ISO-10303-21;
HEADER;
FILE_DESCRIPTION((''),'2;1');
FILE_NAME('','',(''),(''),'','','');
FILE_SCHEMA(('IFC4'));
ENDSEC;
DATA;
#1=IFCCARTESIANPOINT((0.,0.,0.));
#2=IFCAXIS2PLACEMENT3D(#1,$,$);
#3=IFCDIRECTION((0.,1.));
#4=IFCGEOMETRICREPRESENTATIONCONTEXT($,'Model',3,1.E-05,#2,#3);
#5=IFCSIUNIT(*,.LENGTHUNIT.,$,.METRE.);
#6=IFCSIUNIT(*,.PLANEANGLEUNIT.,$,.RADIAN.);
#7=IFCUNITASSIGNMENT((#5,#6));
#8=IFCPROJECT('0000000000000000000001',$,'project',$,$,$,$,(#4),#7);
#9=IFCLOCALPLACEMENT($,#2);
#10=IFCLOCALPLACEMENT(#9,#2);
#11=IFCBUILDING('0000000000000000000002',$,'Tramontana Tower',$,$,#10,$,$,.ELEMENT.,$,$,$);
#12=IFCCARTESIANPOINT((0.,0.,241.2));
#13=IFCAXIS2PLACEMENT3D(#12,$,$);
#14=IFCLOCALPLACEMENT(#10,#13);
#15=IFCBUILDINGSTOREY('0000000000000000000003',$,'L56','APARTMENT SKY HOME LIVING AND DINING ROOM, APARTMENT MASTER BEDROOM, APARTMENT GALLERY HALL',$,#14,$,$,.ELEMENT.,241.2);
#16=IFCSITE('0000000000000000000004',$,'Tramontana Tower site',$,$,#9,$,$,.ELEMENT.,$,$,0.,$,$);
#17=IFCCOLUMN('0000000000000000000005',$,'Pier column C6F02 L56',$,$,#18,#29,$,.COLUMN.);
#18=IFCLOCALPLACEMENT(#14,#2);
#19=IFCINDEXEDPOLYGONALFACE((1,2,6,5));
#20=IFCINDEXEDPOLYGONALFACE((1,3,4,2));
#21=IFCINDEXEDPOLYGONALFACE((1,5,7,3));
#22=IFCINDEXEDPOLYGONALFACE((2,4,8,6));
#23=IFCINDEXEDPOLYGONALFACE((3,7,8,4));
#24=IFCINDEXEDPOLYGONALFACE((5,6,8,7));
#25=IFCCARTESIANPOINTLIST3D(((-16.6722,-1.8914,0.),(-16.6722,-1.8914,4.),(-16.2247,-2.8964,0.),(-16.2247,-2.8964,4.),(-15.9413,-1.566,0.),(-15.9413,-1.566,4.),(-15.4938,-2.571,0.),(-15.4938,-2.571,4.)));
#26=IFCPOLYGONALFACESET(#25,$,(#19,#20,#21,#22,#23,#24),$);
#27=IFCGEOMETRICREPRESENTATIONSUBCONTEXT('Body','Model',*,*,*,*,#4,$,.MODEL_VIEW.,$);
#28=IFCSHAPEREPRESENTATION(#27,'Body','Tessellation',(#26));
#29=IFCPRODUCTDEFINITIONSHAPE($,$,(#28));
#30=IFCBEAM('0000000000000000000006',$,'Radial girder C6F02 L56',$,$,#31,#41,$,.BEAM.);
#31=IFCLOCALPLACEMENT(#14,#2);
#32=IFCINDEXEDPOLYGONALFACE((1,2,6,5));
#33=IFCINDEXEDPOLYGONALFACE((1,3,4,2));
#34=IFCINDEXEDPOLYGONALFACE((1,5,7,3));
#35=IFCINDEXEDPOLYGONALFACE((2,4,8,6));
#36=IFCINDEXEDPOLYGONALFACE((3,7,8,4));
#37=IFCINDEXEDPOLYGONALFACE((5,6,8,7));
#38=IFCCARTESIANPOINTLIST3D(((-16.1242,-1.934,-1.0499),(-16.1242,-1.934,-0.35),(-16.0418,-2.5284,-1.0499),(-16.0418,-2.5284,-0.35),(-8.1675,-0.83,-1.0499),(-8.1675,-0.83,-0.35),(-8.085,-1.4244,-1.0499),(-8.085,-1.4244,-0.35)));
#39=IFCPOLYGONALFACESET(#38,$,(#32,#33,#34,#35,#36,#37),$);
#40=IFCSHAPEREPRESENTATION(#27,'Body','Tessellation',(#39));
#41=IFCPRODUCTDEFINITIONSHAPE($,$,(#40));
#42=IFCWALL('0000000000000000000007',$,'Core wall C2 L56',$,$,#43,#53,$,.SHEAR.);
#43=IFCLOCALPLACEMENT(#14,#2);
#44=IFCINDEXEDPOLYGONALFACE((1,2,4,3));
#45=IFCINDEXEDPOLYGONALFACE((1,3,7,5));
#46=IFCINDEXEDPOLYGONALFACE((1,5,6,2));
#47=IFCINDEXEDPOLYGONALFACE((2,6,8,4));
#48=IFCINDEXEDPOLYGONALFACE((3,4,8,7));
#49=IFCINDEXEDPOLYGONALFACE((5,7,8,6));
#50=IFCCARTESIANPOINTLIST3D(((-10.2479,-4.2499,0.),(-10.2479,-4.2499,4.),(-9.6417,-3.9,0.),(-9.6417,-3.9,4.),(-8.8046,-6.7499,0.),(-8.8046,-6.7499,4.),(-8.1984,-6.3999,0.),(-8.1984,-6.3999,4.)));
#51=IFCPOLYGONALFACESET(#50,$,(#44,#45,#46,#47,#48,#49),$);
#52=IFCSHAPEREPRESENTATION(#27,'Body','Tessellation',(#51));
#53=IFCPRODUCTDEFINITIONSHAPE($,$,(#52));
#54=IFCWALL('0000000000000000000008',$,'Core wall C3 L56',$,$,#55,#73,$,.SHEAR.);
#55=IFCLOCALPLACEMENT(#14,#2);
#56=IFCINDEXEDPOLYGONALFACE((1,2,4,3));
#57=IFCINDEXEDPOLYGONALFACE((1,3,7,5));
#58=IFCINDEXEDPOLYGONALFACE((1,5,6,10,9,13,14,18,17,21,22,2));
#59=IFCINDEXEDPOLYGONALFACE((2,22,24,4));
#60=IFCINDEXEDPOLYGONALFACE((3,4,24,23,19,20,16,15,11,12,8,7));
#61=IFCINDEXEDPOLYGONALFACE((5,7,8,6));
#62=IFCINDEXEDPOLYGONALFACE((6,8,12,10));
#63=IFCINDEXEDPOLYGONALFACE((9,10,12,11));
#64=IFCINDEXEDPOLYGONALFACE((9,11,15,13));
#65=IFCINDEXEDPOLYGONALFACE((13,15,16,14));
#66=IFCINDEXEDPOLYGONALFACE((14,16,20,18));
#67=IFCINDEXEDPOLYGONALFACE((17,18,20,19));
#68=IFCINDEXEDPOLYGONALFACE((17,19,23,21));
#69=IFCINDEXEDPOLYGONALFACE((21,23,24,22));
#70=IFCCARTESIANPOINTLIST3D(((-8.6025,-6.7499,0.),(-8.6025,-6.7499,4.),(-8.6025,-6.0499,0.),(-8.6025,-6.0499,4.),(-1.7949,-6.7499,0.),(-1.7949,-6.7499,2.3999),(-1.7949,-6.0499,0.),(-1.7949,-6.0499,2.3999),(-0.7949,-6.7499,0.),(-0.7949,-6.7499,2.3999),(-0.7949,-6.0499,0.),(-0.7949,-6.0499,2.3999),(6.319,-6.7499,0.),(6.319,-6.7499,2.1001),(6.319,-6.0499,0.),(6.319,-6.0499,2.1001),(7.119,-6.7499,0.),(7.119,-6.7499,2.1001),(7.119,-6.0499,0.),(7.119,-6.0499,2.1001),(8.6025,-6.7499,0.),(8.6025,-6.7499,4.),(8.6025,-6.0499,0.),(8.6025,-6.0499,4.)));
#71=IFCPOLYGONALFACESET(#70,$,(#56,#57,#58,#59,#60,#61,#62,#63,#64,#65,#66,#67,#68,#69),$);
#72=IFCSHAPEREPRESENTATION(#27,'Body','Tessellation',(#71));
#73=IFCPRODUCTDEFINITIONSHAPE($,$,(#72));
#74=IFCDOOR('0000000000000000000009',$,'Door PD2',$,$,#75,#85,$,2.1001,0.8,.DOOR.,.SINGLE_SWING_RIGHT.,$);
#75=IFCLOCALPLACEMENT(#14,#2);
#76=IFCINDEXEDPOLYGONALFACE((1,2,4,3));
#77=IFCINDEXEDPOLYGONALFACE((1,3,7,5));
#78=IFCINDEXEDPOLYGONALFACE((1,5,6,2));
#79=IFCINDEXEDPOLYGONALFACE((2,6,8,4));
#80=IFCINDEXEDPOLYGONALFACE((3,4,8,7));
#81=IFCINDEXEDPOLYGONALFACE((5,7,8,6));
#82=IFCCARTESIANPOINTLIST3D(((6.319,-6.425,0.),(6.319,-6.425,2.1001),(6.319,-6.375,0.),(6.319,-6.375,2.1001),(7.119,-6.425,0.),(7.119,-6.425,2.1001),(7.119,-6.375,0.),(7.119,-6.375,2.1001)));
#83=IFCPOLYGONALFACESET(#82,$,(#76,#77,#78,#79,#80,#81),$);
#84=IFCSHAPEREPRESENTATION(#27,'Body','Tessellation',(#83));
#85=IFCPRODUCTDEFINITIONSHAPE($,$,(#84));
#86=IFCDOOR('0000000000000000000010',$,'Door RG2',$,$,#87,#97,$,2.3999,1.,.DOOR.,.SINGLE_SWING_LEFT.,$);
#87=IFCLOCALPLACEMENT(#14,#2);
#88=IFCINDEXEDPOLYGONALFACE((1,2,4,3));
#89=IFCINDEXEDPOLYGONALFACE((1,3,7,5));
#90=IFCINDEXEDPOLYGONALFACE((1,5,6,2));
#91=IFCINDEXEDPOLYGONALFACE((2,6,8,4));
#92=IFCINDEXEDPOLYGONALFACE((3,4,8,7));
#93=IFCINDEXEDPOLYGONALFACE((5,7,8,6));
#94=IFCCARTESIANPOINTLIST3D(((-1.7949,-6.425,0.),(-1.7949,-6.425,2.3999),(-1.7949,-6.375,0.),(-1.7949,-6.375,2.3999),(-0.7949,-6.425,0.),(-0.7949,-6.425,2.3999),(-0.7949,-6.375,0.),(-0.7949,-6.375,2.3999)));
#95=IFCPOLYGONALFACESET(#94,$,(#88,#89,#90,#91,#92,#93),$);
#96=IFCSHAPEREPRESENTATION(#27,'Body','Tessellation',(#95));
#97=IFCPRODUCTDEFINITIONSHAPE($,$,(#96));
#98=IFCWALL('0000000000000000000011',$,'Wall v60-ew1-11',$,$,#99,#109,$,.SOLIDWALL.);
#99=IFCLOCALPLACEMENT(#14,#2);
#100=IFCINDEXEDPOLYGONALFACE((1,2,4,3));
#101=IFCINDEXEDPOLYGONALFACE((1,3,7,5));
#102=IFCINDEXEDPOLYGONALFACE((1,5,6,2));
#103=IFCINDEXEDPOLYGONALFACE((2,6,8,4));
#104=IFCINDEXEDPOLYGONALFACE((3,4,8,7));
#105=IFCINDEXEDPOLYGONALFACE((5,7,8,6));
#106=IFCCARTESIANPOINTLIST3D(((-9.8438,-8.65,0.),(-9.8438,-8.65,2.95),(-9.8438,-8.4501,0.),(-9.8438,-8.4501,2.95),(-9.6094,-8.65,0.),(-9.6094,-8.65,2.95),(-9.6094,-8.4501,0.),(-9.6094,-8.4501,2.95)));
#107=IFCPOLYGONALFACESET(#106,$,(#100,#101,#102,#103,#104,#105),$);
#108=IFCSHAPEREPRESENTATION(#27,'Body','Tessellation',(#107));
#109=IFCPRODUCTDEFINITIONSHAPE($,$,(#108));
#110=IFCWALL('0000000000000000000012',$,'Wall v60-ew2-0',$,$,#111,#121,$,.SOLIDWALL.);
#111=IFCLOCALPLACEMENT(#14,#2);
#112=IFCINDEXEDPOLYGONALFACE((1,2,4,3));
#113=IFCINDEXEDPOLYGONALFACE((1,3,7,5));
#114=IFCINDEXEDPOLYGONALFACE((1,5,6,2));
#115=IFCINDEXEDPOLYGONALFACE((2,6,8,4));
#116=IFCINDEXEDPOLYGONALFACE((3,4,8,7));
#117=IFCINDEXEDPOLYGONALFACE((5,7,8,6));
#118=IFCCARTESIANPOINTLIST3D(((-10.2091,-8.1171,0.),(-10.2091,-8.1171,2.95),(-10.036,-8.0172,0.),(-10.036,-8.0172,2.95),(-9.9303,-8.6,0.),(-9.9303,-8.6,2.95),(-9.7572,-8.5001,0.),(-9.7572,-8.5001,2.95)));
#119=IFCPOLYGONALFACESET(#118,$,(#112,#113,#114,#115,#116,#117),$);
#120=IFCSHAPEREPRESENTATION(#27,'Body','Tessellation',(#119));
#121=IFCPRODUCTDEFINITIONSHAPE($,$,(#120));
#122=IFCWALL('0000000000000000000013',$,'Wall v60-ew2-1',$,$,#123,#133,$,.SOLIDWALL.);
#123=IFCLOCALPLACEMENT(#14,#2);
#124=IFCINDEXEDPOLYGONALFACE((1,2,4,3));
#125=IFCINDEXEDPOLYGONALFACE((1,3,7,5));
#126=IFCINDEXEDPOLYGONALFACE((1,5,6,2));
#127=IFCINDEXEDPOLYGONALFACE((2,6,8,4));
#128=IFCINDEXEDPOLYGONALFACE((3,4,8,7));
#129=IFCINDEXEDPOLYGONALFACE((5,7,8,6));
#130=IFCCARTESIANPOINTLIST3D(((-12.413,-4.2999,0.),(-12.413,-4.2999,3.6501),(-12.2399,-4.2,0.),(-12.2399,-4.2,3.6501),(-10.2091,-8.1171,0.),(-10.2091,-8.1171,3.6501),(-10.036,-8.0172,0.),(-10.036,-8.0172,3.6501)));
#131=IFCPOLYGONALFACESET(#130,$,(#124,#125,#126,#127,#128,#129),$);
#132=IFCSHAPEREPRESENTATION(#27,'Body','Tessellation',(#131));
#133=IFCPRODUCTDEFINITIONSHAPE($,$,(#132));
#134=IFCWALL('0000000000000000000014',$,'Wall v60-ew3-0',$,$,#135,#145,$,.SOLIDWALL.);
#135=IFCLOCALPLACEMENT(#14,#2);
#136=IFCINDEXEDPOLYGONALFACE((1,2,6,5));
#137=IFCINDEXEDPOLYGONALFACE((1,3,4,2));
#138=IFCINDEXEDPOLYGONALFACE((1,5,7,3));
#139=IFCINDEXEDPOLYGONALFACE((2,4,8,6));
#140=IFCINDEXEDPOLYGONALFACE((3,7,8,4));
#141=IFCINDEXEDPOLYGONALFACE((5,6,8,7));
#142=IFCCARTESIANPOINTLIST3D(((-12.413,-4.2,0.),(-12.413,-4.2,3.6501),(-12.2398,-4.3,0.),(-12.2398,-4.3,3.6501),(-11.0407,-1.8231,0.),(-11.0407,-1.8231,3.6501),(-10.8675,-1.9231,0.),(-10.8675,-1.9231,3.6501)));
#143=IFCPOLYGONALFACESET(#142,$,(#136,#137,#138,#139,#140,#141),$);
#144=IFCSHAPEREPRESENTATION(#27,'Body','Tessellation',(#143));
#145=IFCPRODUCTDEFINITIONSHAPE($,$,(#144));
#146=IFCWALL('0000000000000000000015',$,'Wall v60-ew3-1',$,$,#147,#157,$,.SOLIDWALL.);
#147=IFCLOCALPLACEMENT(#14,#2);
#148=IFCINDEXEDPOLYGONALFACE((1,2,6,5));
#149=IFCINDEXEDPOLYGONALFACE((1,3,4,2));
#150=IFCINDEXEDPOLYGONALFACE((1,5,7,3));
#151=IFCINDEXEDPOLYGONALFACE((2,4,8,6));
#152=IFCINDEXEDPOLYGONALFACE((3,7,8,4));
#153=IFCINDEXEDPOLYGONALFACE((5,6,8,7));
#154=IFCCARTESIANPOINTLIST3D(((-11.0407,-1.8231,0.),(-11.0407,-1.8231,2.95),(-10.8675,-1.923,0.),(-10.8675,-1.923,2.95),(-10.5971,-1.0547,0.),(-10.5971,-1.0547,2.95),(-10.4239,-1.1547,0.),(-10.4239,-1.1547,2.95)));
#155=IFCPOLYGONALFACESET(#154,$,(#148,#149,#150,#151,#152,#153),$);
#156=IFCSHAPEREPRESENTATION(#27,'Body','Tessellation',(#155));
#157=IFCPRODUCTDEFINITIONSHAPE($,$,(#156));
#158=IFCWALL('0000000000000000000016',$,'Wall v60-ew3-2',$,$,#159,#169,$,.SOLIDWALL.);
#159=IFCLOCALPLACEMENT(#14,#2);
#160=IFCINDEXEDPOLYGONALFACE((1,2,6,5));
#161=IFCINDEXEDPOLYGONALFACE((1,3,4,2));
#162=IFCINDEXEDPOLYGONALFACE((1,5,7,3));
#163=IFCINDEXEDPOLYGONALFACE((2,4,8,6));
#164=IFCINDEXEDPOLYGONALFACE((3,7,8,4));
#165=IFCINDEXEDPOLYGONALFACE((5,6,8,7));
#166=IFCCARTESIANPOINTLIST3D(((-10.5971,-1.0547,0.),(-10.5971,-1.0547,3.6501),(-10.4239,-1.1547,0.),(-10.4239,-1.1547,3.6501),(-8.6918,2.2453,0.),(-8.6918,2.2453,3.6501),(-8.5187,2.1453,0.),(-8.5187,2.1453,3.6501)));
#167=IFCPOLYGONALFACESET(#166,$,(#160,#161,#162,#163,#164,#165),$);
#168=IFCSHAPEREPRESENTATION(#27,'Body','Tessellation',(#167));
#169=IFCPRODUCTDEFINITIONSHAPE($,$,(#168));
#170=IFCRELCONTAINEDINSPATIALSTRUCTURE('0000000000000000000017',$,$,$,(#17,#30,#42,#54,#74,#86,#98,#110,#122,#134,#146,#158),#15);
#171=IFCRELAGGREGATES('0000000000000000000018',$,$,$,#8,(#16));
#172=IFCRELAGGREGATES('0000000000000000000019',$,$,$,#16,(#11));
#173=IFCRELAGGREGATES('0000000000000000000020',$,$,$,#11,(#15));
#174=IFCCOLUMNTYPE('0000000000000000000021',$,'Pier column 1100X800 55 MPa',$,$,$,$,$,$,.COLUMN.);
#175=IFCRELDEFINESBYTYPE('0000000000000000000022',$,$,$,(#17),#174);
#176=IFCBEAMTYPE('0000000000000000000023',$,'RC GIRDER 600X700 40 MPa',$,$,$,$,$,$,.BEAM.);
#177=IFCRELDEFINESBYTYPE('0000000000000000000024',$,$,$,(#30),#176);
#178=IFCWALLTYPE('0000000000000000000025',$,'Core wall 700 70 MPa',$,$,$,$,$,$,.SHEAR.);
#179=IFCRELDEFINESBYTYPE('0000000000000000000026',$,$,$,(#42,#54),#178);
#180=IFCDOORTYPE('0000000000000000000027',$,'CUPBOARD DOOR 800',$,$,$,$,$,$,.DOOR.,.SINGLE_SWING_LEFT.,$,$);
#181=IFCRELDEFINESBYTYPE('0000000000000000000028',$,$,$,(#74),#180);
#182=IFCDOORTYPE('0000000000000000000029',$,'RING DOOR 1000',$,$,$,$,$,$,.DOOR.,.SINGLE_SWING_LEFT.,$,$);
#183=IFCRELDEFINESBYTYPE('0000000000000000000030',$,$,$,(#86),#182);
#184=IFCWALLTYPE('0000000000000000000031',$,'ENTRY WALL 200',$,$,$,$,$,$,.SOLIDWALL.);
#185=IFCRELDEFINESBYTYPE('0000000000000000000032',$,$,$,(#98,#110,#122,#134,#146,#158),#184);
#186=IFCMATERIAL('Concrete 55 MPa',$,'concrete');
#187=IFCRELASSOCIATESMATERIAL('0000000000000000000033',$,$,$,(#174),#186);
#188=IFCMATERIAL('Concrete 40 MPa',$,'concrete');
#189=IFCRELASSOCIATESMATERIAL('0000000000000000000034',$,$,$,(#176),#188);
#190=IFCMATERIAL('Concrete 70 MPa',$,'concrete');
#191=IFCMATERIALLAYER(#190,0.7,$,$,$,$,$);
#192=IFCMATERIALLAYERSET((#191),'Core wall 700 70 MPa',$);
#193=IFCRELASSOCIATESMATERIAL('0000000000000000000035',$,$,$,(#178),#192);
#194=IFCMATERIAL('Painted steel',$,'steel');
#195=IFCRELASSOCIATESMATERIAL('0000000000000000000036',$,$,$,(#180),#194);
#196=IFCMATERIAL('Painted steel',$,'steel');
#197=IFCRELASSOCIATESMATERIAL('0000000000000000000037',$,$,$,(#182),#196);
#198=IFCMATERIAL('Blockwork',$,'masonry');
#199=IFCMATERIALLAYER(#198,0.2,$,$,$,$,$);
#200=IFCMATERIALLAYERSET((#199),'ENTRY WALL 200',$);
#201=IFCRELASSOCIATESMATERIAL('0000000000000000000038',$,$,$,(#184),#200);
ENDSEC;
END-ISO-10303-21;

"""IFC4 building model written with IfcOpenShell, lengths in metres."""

from ifc_helpers import new_model, si_unit, direction, frame, frame_2d, origin, origin_2d, place, context, subcontext, project, spatial, rectangle, extrude, material, layer, layer_set, material_profile, profile_set, type_object, element, fill, save


model = new_model("IFC4")

# Units and contexts
model_context = context("Model", 3, precision=1e-05, world=origin(), true_north=direction((0.0, 1.0)))
body_context = subcontext(model_context, "Body", "Model", "MODEL_VIEW")
ifc_project = project(units=[si_unit("LENGTHUNIT", "METRE"), si_unit("PLANEANGLEUNIT", "RADIAN")], contexts=[model_context])

# Site, building, storey
site_placement = place(None, origin())
site = spatial("IfcSite", under=ifc_project, at=site_placement, Name="Tramontana Tower site", CompositionType="ELEMENT", RefElevation=0.0)
building_placement = place(site_placement, origin())
building = spatial("IfcBuilding", under=site, at=building_placement, Name="Tramontana Tower", CompositionType="ELEMENT")
storey_placement = place(building_placement, frame((0.0, 0.0, 241.2)))
storey = spatial("IfcBuildingStorey", under=building, at=storey_placement, Name="L56", Description="APARTMENT SKY HOME LIVING AND DINING ROOM, APARTMENT MASTER BEDROOM, APARTMENT GALLERY HALL", CompositionType="ELEMENT", Elevation=241.2)

# Column
ifc_material_1 = material(Name="Concrete 55 MPa", Category="concrete")
ifc_material_profile_1 = material_profile(ifc_material_1, rectangle(XDim=1.1001, YDim=0.8, at=origin_2d()), Name="Pier column 1100X800 55 MPa")
ifc_profile_set_1 = profile_set([ifc_material_profile_1], Name="Concrete 55 MPa")
column_type = type_object("IfcColumnType", Name="Pier column 1100X800 55 MPa", PredefinedType="COLUMN", material=ifc_profile_set_1)
column_placement = place(storey_placement, frame((-16.083, -2.2312, 0.0), z_axis=(0.0, 0.0, 1.0), x_axis=(0.406737, -0.913545, 0.0)))
element("IfcColumn", 1, at=column_placement, inside=storey, type_object=column_type, Name="Pier column C6F02 L56", PredefinedType="COLUMN", context=body_context, shape_type="SweptSolid", body=[
    extrude(rectangle(XDim=1.1001, YDim=0.8, at=origin_2d()), origin(), (0.0, 0.0, 1.0), 4.0),
])

# Beam
ifc_material_2 = material(Name="Concrete 40 MPa", Category="concrete")
ifc_material_profile_2 = material_profile(ifc_material_2, rectangle(XDim=0.6001, YDim=0.7, at=origin_2d()), Name="RC GIRDER 600X700 40 MPa")
ifc_profile_set_2 = profile_set([ifc_material_profile_2], Name="Concrete 40 MPa")
beam_type = type_object("IfcBeamType", Name="RC GIRDER 600X700 40 MPa", PredefinedType="BEAM", material=ifc_profile_set_2)
beam_placement = place(storey_placement, frame((-16.083, -2.2312, -0.7), z_axis=(0.990511, 0.137433, 0.0), x_axis=(-0.137433, 0.990511, 0.0)))
element("IfcBeam", 2, at=beam_placement, inside=storey, type_object=beam_type, Name="Radial girder C6F02 L56", PredefinedType="BEAM", context=body_context, shape_type="SweptSolid", body=[
    extrude(rectangle(XDim=0.6001, YDim=0.7, at=origin_2d()), origin(), (0.0, 0.0, 1.0), 8.033),
])

# Wall
ifc_material_3 = material(Name="Concrete 70 MPa", Category="concrete")
ifc_layer_1 = layer(ifc_material_3, 0.7)
ifc_layer_set_1 = layer_set([ifc_layer_1], Name="Core wall 700 70 MPa")
wall_type_1 = type_object("IfcWallType", Name="Core wall 700 70 MPa", PredefinedType="SHEAR", material=ifc_layer_set_1)
wall_1_placement = place(storey_placement, frame((-9.9448, -4.075, 0.0), z_axis=(0.0, 0.0, 1.0), x_axis=(0.499996, -0.866028, 0.0)))
element("IfcWall", 3, at=wall_1_placement, inside=storey, type_object=wall_type_1, Name="Core wall C2 L56", PredefinedType="SHEAR", context=body_context, shape_type="SweptSolid", body=[
    extrude(rectangle(XDim=2.8867, YDim=0.7, at=frame_2d((1.4434, 0.0))), origin(), (0.0, 0.0, 1.0), 4.0),
])

# Wall, openings, doors
wall_2_placement = place(storey_placement, frame((-8.6025, -6.3999, 0.0), z_axis=(0.0, 0.0, 1.0), x_axis=(1.0, 0.0, 0.0)))
wall_2 = element("IfcWall", 4, at=wall_2_placement, inside=storey, type_object=wall_type_1, Name="Core wall C3 L56", PredefinedType="SHEAR", context=body_context, shape_type="SweptSolid", body=[
    extrude(rectangle(XDim=17.2051, YDim=0.7, at=frame_2d((8.6025, 0.0))), origin(), (0.0, 0.0, 1.0), 4.0),
])
opening_1_placement = place(wall_2_placement, frame((6.8076, 0.0, 0.0)))
opening_1 = element("IfcOpeningElement", 5, at=opening_1_placement, cuts=wall_2, PredefinedType="OPENING", context=body_context, shape_type="SweptSolid", body=[
    extrude(rectangle(XDim=1.0, YDim=2.3999, at=frame_2d((0.5, 1.2))), frame((0.0, 0.3599, 0.0), z_axis=(0.0, -1.0, 0.0), x_axis=(1.0, 0.0, 0.0)), (0.0, 0.0, 1.0), 0.72),
])
opening_2_placement = place(wall_2_placement, frame((14.9216, 0.0, 0.0)))
opening_2 = element("IfcOpeningElement", 6, at=opening_2_placement, cuts=wall_2, PredefinedType="OPENING", context=body_context, shape_type="SweptSolid", body=[
    extrude(rectangle(XDim=0.8, YDim=2.1001, at=frame_2d((0.3999, 1.05))), frame((0.0, 0.3599, 0.0), z_axis=(0.0, -1.0, 0.0), x_axis=(1.0, 0.0, 0.0)), (0.0, 0.0, 1.0), 0.72),
])
ifc_material_4 = material(Name="Painted steel", Category="steel")
door_type_1 = type_object("IfcDoorType", Name="CUPBOARD DOOR 800", OperationType="SINGLE_SWING_LEFT", PredefinedType="DOOR", material=ifc_material_4)
door_1_placement = place(opening_2_placement, origin())
door_1 = element("IfcDoor", 7, at=door_1_placement, inside=storey, type_object=door_type_1, Name="Door PD2", OperationType="SINGLE_SWING_RIGHT", OverallHeight=2.1001, OverallWidth=0.8, PredefinedType="DOOR", context=body_context, shape_type="SweptSolid", body=[
    extrude(rectangle(XDim=0.8, YDim=2.1001, at=frame_2d((0.3999, 1.05))), frame((0.0, 0.0249, 0.0), z_axis=(0.0, -1.0, 0.0), x_axis=(1.0, 0.0, 0.0)), (0.0, 0.0, 1.0), 0.05),
])
fill(opening_2, door_1)
ifc_material_5 = material(Name="Painted steel", Category="steel")
door_type_2 = type_object("IfcDoorType", Name="RING DOOR 1000", OperationType="SINGLE_SWING_LEFT", PredefinedType="DOOR", material=ifc_material_5)
door_2_placement = place(opening_1_placement, origin())
door_2 = element("IfcDoor", 8, at=door_2_placement, inside=storey, type_object=door_type_2, Name="Door RG2", OperationType="SINGLE_SWING_LEFT", OverallHeight=2.3999, OverallWidth=1.0, PredefinedType="DOOR", context=body_context, shape_type="SweptSolid", body=[
    extrude(rectangle(XDim=1.0, YDim=2.3999, at=frame_2d((0.5, 1.2))), frame((0.0, 0.0249, 0.0), z_axis=(0.0, -1.0, 0.0), x_axis=(1.0, 0.0, 0.0)), (0.0, 0.0, 1.0), 0.05),
])
fill(opening_1, door_2)

# Walls
ifc_material_6 = material(Name="Blockwork", Category="masonry")
ifc_layer_2 = layer(ifc_material_6, 0.2)
ifc_layer_set_2 = layer_set([ifc_layer_2], Name="ENTRY WALL 200")
wall_type_2 = type_object("IfcWallType", Name="ENTRY WALL 200", PredefinedType="SOLIDWALL", material=ifc_layer_set_2)
wall_3_placement = place(storey_placement, frame((-9.6094, -8.55, 0.0), z_axis=(0.0, 0.0, 1.0), x_axis=(-1.0, 0.0, 0.0)))
element("IfcWall", 9, at=wall_3_placement, inside=storey, type_object=wall_type_2, Name="Wall v60-ew1-11", PredefinedType="SOLIDWALL", context=body_context, shape_type="SweptSolid", body=[
    extrude(rectangle(XDim=0.2344, YDim=0.2, at=frame_2d((0.1172, 0.0))), origin(), (0.0, 0.0, 1.0), 2.95),
])
wall_4_placement = place(storey_placement, frame((-9.8438, -8.55, 0.0), z_axis=(0.0, 0.0, 1.0), x_axis=(-0.5, 0.866025, 0.0)))
element("IfcWall", 10, at=wall_4_placement, inside=storey, type_object=wall_type_2, Name="Wall v60-ew2-0", PredefinedType="SOLIDWALL", context=body_context, shape_type="SweptSolid", body=[
    extrude(rectangle(XDim=0.5576, YDim=0.2, at=frame_2d((0.2788, 0.0))), origin(), (0.0, 0.0, 1.0), 2.95),
])
wall_5_placement = place(storey_placement, frame((-10.1226, -8.0671, 0.0), z_axis=(0.0, 0.0, 1.0), x_axis=(-0.500005, 0.866022, 0.0)))
element("IfcWall", 11, at=wall_5_placement, inside=storey, type_object=wall_type_2, Name="Wall v60-ew2-1", PredefinedType="SOLIDWALL", context=body_context, shape_type="SweptSolid", body=[
    extrude(rectangle(XDim=4.4077, YDim=0.2, at=frame_2d((2.2039, 0.0))), origin(), (0.0, 0.0, 1.0), 3.6501),
])
wall_6_placement = place(storey_placement, frame((-12.3264, -4.25, 0.0), z_axis=(0.0, 0.0, 1.0), x_axis=(0.499995, 0.866029, 0.0)))
element("IfcWall", 12, at=wall_6_placement, inside=storey, type_object=wall_type_2, Name="Wall v60-ew3-0", PredefinedType="SOLIDWALL", context=body_context, shape_type="SweptSolid", body=[
    extrude(rectangle(XDim=2.7446, YDim=0.2, at=frame_2d((1.3723, 0.0))), origin(), (0.0, 0.0, 1.0), 3.6501),
])
wall_7_placement = place(storey_placement, frame((-10.9541, -1.873, 0.0), z_axis=(0.0, 0.0, 1.0), x_axis=(0.500016, 0.866016, 0.0)))
element("IfcWall", 13, at=wall_7_placement, inside=storey, type_object=wall_type_2, Name="Wall v60-ew3-1", PredefinedType="SOLIDWALL", context=body_context, shape_type="SweptSolid", body=[
    extrude(rectangle(XDim=0.8872, YDim=0.2, at=frame_2d((0.4436, 0.0))), origin(), (0.0, 0.0, 1.0), 2.95),
])
wall_8_placement = place(storey_placement, frame((-10.5105, -1.1047, 0.0), z_axis=(0.0, 0.0, 1.0), x_axis=(0.499998, 0.866027, 0.0)))
element("IfcWall", 14, at=wall_8_placement, inside=storey, type_object=wall_type_2, Name="Wall v60-ew3-2", PredefinedType="SOLIDWALL", context=body_context, shape_type="SweptSolid", body=[
    extrude(rectangle(XDim=3.8105, YDim=0.2, at=frame_2d((1.9053, 0.0))), origin(), (0.0, 0.0, 1.0), 3.6501),
])

save(model, "model.ifc")
